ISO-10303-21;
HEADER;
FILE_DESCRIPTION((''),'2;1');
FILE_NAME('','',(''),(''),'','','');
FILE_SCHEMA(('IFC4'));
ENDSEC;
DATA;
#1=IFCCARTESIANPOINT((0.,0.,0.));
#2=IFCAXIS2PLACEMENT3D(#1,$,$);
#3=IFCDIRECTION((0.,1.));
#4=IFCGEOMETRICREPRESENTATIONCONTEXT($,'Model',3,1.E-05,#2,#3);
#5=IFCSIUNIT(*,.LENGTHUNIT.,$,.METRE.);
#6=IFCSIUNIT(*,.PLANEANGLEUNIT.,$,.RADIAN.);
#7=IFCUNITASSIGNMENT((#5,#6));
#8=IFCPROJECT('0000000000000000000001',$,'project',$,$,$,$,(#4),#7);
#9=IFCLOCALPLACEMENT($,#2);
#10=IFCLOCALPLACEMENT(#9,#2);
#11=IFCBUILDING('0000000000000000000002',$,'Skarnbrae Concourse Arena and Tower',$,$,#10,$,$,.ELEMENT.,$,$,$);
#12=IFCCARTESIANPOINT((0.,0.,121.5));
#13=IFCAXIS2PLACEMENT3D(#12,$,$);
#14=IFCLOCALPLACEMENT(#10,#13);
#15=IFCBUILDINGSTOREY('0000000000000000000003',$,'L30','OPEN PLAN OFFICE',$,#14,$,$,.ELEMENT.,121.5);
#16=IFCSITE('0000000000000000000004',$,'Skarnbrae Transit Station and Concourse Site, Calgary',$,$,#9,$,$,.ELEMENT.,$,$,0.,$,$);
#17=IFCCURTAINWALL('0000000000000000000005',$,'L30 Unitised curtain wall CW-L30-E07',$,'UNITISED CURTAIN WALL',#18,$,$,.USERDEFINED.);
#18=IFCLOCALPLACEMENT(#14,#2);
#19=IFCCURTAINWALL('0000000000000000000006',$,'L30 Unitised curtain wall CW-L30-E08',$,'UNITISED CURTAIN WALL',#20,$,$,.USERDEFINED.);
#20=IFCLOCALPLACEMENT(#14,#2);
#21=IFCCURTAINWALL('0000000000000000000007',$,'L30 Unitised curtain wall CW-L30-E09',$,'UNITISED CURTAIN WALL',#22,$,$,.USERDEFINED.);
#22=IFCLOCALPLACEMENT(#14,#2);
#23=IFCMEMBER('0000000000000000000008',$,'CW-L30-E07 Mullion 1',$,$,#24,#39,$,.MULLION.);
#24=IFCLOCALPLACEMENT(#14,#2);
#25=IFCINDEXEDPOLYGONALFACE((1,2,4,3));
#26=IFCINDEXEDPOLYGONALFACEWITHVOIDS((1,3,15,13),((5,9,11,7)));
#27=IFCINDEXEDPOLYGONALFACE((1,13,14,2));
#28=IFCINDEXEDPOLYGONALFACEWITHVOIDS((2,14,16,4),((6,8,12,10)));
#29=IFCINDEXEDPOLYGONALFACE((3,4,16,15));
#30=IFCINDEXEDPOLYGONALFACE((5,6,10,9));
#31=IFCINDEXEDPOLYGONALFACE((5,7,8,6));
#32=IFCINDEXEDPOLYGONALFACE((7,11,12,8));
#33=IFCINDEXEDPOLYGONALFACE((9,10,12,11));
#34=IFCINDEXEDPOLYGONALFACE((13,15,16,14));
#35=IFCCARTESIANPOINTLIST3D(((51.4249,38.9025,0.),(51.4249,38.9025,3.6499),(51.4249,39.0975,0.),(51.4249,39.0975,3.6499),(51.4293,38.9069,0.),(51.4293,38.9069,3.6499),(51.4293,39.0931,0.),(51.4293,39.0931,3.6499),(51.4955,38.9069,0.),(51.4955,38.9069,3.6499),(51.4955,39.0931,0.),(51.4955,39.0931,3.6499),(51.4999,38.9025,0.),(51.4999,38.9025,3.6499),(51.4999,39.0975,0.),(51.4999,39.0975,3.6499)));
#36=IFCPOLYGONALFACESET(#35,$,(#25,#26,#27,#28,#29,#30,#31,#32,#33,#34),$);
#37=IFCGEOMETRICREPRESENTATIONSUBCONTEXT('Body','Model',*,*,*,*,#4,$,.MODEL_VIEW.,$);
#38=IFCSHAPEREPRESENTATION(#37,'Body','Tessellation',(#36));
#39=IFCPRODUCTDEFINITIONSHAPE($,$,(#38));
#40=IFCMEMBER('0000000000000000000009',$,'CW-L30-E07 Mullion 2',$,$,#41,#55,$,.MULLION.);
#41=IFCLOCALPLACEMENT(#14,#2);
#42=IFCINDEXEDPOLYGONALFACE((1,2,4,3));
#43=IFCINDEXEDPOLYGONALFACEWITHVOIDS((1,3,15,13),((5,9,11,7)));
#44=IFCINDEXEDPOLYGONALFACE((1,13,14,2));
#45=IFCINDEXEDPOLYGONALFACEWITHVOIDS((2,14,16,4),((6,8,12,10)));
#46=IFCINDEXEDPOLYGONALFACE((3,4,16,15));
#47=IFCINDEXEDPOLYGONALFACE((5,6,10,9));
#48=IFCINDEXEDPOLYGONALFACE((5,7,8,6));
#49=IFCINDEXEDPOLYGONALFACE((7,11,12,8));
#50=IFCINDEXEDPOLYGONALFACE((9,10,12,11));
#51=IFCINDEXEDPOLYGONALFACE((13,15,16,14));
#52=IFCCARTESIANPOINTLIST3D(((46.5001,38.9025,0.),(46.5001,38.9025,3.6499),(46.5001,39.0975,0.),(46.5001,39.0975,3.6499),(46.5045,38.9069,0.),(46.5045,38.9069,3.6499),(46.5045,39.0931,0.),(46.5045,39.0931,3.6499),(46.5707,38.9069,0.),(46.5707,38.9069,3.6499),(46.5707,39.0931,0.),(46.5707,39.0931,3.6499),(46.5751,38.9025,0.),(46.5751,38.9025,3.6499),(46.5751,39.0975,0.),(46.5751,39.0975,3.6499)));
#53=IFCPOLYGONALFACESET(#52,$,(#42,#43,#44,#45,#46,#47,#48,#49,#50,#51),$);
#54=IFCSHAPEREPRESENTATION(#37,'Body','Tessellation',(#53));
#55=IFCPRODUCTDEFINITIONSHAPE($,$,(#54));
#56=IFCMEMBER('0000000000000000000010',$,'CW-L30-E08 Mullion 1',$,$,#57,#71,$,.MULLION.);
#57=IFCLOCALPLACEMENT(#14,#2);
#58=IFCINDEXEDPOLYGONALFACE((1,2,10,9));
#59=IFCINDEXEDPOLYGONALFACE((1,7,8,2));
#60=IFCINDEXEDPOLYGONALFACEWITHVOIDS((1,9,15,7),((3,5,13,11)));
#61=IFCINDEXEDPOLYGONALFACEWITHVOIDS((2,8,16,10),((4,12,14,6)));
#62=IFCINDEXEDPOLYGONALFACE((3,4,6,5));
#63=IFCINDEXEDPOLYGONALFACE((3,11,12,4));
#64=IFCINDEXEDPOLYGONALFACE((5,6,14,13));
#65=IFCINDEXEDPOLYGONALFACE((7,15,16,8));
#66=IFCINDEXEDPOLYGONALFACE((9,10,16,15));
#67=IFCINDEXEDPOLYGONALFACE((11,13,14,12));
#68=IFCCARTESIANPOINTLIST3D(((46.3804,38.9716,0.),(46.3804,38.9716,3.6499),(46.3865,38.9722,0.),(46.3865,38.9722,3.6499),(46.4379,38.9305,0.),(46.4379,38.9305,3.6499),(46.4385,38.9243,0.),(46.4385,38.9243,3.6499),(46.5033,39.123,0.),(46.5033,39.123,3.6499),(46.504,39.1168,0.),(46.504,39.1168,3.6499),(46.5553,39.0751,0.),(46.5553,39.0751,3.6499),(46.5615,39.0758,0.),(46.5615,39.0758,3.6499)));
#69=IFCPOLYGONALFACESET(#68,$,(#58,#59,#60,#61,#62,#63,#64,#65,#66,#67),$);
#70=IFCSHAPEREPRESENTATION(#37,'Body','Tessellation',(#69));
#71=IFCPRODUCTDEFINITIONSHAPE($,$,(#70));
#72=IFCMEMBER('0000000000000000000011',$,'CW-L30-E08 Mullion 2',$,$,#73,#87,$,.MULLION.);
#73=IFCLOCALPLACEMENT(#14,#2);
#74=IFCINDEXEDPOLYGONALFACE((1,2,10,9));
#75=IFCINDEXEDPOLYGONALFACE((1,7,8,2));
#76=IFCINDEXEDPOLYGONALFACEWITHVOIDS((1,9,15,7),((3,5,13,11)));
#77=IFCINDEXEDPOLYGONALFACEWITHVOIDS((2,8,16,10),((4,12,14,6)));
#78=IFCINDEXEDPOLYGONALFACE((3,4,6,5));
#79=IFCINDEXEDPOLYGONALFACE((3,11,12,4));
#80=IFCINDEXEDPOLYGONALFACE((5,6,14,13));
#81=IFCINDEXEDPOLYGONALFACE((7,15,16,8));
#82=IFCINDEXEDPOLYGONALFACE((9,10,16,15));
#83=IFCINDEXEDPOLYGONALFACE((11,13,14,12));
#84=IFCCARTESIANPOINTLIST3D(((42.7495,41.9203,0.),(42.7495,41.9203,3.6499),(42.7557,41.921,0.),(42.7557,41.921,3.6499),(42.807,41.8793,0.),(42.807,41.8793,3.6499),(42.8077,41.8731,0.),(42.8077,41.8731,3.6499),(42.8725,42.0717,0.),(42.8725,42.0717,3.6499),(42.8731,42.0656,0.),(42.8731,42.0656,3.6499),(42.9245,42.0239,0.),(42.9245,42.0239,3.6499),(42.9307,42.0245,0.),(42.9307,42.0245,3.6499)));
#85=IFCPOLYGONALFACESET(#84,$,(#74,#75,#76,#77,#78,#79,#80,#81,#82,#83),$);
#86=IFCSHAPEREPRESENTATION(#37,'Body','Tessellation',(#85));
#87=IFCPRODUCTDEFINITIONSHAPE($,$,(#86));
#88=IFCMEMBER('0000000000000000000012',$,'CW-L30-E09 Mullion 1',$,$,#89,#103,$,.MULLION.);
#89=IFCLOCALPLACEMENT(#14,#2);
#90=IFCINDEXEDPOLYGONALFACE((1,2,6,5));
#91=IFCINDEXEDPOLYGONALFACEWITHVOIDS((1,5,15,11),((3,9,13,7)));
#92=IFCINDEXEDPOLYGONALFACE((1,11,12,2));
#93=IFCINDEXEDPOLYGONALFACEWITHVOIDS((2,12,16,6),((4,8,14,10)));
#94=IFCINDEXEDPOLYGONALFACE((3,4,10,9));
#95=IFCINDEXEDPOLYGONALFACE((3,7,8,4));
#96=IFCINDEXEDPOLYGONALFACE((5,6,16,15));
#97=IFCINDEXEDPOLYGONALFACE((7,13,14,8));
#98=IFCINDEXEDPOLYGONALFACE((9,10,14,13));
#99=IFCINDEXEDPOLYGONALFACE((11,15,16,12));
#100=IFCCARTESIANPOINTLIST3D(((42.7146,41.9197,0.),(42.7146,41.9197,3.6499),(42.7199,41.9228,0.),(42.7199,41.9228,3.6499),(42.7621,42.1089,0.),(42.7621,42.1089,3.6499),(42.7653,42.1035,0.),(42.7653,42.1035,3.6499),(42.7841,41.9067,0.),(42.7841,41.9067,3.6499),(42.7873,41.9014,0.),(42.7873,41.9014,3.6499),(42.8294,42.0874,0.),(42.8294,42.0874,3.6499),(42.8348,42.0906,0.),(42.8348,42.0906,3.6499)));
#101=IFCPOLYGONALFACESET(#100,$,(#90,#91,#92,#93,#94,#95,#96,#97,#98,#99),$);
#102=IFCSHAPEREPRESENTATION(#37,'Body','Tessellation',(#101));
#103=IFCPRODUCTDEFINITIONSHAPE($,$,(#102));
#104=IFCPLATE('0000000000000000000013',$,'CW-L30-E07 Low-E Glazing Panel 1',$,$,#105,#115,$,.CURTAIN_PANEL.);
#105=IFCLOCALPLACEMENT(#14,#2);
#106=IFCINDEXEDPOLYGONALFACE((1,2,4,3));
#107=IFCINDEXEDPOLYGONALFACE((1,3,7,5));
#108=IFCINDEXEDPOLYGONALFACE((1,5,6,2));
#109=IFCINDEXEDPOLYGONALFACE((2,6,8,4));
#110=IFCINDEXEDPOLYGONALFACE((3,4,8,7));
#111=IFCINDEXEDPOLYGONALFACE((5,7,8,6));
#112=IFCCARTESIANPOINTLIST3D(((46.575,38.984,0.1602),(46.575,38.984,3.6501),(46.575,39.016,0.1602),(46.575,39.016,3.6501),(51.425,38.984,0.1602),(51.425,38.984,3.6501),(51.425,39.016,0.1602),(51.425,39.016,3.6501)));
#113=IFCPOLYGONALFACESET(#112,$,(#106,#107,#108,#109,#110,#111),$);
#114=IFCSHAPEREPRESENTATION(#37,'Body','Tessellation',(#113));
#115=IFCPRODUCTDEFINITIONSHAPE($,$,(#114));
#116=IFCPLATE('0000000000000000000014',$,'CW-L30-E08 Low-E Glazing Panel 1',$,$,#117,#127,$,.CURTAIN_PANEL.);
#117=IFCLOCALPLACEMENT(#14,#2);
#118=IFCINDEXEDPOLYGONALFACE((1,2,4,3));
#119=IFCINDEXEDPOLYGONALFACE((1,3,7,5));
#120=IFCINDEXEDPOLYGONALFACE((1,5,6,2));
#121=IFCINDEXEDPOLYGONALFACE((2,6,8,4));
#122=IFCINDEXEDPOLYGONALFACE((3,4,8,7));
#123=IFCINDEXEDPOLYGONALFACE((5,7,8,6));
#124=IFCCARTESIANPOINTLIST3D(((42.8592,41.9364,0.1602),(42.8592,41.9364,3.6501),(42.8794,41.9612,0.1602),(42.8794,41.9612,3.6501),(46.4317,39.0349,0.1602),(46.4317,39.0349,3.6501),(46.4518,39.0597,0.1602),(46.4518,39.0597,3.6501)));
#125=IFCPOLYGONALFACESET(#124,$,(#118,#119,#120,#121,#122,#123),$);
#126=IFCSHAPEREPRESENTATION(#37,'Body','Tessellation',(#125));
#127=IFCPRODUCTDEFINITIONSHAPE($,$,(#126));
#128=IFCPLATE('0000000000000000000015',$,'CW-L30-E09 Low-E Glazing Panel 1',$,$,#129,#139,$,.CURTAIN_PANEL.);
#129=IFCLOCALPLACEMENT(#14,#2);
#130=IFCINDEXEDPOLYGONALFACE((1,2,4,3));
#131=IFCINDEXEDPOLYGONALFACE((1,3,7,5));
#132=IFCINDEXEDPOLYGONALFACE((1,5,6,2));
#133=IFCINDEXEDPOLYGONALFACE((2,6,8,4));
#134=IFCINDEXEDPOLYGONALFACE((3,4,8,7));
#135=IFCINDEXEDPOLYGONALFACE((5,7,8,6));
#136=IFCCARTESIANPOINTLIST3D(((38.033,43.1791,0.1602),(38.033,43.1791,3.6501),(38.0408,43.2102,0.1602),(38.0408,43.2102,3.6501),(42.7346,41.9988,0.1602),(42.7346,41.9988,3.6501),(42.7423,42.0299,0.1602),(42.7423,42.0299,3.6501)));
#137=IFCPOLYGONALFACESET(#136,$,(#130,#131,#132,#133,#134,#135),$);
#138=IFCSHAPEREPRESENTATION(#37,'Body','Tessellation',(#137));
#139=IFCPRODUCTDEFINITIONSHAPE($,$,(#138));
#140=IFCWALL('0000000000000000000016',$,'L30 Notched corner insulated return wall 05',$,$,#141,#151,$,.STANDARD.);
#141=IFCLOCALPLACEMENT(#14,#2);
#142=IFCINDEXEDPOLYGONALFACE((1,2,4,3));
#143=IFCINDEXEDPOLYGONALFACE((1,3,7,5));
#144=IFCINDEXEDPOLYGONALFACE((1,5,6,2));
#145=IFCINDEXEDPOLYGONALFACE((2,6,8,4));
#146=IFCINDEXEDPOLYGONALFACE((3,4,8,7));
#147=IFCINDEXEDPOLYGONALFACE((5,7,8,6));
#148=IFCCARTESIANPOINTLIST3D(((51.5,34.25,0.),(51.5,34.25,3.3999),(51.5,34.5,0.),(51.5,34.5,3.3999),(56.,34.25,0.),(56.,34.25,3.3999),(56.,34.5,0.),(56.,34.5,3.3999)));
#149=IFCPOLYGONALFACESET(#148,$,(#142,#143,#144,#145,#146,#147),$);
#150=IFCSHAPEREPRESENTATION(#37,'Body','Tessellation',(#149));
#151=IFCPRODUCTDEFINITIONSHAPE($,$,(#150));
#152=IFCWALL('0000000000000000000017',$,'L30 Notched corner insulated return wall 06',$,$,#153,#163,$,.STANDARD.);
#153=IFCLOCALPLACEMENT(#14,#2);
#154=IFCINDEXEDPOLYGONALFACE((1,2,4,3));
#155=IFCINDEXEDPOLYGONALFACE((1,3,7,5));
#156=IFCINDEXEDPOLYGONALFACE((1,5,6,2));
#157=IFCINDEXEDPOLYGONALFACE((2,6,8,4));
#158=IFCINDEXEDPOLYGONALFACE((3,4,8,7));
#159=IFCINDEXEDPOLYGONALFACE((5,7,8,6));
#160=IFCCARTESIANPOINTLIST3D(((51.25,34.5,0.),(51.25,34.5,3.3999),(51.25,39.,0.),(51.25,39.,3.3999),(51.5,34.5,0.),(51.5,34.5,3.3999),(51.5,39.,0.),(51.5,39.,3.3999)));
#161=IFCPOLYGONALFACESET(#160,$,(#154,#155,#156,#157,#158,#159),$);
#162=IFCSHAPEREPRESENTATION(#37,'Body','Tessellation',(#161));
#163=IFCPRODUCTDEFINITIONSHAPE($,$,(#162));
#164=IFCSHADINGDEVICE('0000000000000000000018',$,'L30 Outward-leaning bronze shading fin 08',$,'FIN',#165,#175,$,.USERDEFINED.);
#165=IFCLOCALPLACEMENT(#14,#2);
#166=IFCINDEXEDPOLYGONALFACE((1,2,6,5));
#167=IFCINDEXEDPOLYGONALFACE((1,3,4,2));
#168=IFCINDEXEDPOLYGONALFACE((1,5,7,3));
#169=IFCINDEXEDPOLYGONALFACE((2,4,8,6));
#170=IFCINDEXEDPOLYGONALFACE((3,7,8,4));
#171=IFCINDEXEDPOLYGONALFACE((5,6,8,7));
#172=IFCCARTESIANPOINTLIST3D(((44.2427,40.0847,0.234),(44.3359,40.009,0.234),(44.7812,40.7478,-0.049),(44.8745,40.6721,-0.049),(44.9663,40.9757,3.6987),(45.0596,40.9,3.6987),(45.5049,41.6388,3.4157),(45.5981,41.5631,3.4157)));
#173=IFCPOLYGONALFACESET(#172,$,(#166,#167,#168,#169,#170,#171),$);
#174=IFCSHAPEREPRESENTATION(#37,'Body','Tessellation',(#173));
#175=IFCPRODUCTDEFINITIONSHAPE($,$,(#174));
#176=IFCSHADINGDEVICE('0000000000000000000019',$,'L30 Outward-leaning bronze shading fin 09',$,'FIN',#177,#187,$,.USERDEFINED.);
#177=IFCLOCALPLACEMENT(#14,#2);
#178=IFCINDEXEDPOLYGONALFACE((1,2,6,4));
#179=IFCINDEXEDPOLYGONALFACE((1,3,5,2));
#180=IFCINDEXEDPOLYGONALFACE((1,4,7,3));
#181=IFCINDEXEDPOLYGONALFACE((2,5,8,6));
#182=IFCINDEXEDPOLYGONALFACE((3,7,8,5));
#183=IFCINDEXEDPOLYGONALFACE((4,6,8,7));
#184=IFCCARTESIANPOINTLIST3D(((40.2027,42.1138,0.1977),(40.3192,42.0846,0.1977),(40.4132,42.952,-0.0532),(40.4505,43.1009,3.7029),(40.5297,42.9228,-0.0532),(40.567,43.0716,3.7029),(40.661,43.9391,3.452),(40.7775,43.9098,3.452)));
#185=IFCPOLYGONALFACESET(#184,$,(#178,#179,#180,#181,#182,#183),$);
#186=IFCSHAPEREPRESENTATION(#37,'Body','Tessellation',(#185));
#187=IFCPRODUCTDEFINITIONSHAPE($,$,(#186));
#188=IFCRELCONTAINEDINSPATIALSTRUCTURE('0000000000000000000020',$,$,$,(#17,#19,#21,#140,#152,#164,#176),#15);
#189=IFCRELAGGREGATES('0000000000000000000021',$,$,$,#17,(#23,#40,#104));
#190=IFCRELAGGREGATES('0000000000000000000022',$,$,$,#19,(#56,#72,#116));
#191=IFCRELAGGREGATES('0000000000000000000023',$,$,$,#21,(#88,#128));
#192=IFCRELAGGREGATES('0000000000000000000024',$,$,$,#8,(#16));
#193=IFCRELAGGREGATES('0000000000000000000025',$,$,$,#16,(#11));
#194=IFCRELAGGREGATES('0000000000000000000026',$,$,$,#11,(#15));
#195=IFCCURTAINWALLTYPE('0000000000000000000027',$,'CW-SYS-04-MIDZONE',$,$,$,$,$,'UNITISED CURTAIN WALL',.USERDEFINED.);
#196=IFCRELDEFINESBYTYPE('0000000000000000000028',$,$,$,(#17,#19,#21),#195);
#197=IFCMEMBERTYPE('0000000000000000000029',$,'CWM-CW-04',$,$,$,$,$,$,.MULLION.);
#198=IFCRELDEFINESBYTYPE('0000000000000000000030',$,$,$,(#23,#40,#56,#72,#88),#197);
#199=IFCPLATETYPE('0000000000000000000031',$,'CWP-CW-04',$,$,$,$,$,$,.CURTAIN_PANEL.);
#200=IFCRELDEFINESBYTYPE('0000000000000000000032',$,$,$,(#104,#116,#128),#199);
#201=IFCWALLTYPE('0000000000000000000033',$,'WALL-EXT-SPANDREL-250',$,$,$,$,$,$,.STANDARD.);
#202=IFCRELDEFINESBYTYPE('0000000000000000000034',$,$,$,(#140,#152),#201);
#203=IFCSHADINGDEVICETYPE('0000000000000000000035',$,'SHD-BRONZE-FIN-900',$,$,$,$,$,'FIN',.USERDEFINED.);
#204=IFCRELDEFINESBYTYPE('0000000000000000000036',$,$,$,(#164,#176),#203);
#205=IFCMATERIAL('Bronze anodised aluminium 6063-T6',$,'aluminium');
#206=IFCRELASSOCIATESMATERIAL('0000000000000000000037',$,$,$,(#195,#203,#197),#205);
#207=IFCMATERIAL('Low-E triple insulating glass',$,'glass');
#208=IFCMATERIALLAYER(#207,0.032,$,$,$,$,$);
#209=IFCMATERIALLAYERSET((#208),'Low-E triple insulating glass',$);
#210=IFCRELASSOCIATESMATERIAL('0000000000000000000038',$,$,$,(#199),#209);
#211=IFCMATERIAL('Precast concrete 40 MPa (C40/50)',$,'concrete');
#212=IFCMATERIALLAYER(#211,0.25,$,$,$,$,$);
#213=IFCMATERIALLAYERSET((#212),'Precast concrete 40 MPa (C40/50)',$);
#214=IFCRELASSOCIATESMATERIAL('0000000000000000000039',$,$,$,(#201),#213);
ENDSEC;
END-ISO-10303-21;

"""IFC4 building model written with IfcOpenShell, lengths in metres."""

from ifc_helpers import new_model, si_unit, direction, frame, frame_2d, origin, origin_2d, place, context, subcontext, project, spatial, rectangle, hollow_rectangle, extrude, source, transform, mapped, material, layer, layer_set, material_profile, profile_set, type_object, element, aggregate, save


model = new_model("IFC4")

# Units and contexts
model_context = context("Model", 3, precision=1e-05, world=origin(), true_north=direction((0.0, 1.0)))
body_context = subcontext(model_context, "Body", "Model", "MODEL_VIEW")
ifc_project = project(units=[si_unit("LENGTHUNIT", "METRE"), si_unit("PLANEANGLEUNIT", "RADIAN")], contexts=[model_context])

# Site, building, storey
site_placement = place(None, origin())
site = spatial("IfcSite", under=ifc_project, at=site_placement, Name="Skarnbrae Transit Station and Concourse Site, Calgary", CompositionType="ELEMENT", RefElevation=0.0)
building_placement = place(site_placement, origin())
building = spatial("IfcBuilding", under=site, at=building_placement, Name="Skarnbrae Concourse Arena and Tower", CompositionType="ELEMENT")
storey_placement = place(building_placement, frame((0.0, 0.0, 121.5)))
storey = spatial("IfcBuildingStorey", under=building, at=storey_placement, Name="L30", Description="OPEN PLAN OFFICE", CompositionType="ELEMENT", Elevation=121.5)

# Curtain walls
ifc_material_1 = material(Name="Bronze anodised aluminium 6063-T6", Category="aluminium")
curtain_wall_type = type_object("IfcCurtainWallType", Name="CW-SYS-04-MIDZONE", ElementType="UNITISED CURTAIN WALL", PredefinedType="USERDEFINED", material=ifc_material_1)
curtain_wall_1_placement = place(storey_placement, origin())
curtain_wall_1 = element("IfcCurtainWall", 1, at=curtain_wall_1_placement, inside=storey, type_object=curtain_wall_type, Name="L30 Unitised curtain wall CW-L30-E07", ObjectType="UNITISED CURTAIN WALL", PredefinedType="USERDEFINED")
curtain_wall_2_placement = place(storey_placement, origin())
curtain_wall_2 = element("IfcCurtainWall", 2, at=curtain_wall_2_placement, inside=storey, type_object=curtain_wall_type, Name="L30 Unitised curtain wall CW-L30-E08", ObjectType="UNITISED CURTAIN WALL", PredefinedType="USERDEFINED")
curtain_wall_3_placement = place(storey_placement, origin())
curtain_wall_3 = element("IfcCurtainWall", 3, at=curtain_wall_3_placement, inside=storey, type_object=curtain_wall_type, Name="L30 Unitised curtain wall CW-L30-E09", ObjectType="UNITISED CURTAIN WALL", PredefinedType="USERDEFINED")
ifc_material_profile_1 = material_profile(ifc_material_1, hollow_rectangle(XDim=0.075, YDim=0.1951, WallThickness=0.0044, at=origin_2d()), Name="ALU-MULL-75X195")
ifc_profile_set_1 = profile_set([ifc_material_profile_1], Name="Bronze anodised aluminium 6063-T6")
member_type_1 = type_object("IfcMemberType", Name="CWM-CW-04", PredefinedType="MULLION", material=ifc_profile_set_1)
shared_shape_1 = source(origin(), body_context, "Body", "SweptSolid", [
    extrude(hollow_rectangle(XDim=0.075, YDim=0.1951, WallThickness=0.0044, at=origin_2d()), origin(), (0.0, 0.0, 1.0), 3.6499),
])

# Members
member_1_placement = place(storey_placement, frame((51.4624, 39.0, 0.0), z_axis=(0.0, 0.0, 1.0), x_axis=(-1.0, 0.0, 0.0)))
member_1 = element("IfcMember", 4, at=member_1_placement, type_object=member_type_1, Name="CW-L30-E07 Mullion 1", PredefinedType="MULLION", context=body_context, shape_type="MappedRepresentation", body=[
    mapped(shared_shape_1, transform((0.0, 0.0, 0.0))),
])
member_2_placement = place(storey_placement, frame((46.5376, 39.0, 0.0), z_axis=(0.0, 0.0, 1.0), x_axis=(-1.0, 0.0, 0.0)))
member_2 = element("IfcMember", 5, at=member_2_placement, type_object=member_type_1, Name="CW-L30-E07 Mullion 2", PredefinedType="MULLION", context=body_context, shape_type="MappedRepresentation", body=[
    mapped(shared_shape_1, transform((0.0, 0.0, 0.0))),
])
member_3_placement = place(storey_placement, frame((46.4709, 39.0237, 0.0), z_axis=(0.0, 0.0, 1.0), x_axis=(-0.776241, 0.630436, 0.0)))
member_3 = element("IfcMember", 6, at=member_3_placement, type_object=member_type_1, Name="CW-L30-E08 Mullion 1", PredefinedType="MULLION", context=body_context, shape_type="MappedRepresentation", body=[
    mapped(shared_shape_1, transform((0.0, 0.0, 0.0))),
])
member_4_placement = place(storey_placement, frame((42.8401, 41.9724, 0.0), z_axis=(0.0, 0.0, 1.0), x_axis=(-0.776241, 0.630436, 0.0)))
member_4 = element("IfcMember", 7, at=member_4_placement, type_object=member_type_1, Name="CW-L30-E08 Mullion 2", PredefinedType="MULLION", context=body_context, shape_type="MappedRepresentation", body=[
    mapped(shared_shape_1, transform((0.0, 0.0, 0.0))),
])
member_5_placement = place(storey_placement, frame((42.7747, 42.0051, 0.0), z_axis=(0.0, 0.0, 1.0), x_axis=(-0.969903, 0.243491, 0.0)))
member_5 = element("IfcMember", 8, at=member_5_placement, type_object=member_type_1, Name="CW-L30-E09 Mullion 1", PredefinedType="MULLION", context=body_context, shape_type="MappedRepresentation", body=[
    mapped(shared_shape_1, transform((0.0, 0.0, 0.0))),
])

# Plates
ifc_material_2 = material(Name="Low-E triple insulating glass", Category="glass")
ifc_layer_1 = layer(ifc_material_2, 0.032)
ifc_layer_set_1 = layer_set([ifc_layer_1], Name="Low-E triple insulating glass")
plate_type = type_object("IfcPlateType", Name="CWP-CW-04", PredefinedType="CURTAIN_PANEL", material=ifc_layer_set_1)
shared_shape_2 = source(origin(), body_context, "Body", "SweptSolid", [
    extrude(rectangle(XDim=4.8501, YDim=0.032, at=origin_2d()), origin(), (0.0, 0.0, 1.0), 3.49),
])
plate_1_placement = place(storey_placement, frame((49.0, 39.0, 0.1602), z_axis=(0.0, 0.0, 1.0), x_axis=(-1.0, 0.0, 0.0)))
plate_1 = element("IfcPlate", 9, at=plate_1_placement, type_object=plate_type, Name="CW-L30-E07 Low-E Glazing Panel 1", PredefinedType="CURTAIN_PANEL", context=body_context, shape_type="MappedRepresentation", body=[
    mapped(shared_shape_2, transform((0.0, 0.0, 0.0))),
])
aggregate(curtain_wall_1, [member_1, member_2, plate_1])
shared_shape_3 = source(origin(), body_context, "Body", "SweptSolid", [
    extrude(rectangle(XDim=4.6023, YDim=0.032, at=origin_2d()), origin(), (0.0, 0.0, 1.0), 3.49),
])
plate_2_placement = place(storey_placement, frame((44.6555, 40.498, 0.1602), z_axis=(0.0, 0.0, 1.0), x_axis=(-0.776241, 0.630436, 0.0)))
plate_2 = element("IfcPlate", 10, at=plate_2_placement, type_object=plate_type, Name="CW-L30-E08 Low-E Glazing Panel 1", PredefinedType="CURTAIN_PANEL", context=body_context, shape_type="MappedRepresentation", body=[
    mapped(shared_shape_3, transform((0.0, 0.0, 0.0))),
])
aggregate(curtain_wall_2, [member_3, member_4, plate_2])
shared_shape_4 = source(origin(), body_context, "Body", "SweptSolid", [
    extrude(rectangle(XDim=4.8474, YDim=0.032, at=origin_2d()), origin(), (0.0, 0.0, 1.0), 3.49),
])
plate_3_placement = place(storey_placement, frame((40.3877, 42.6045, 0.1602), z_axis=(0.0, 0.0, 1.0), x_axis=(-0.969903, 0.243491, 0.0)))
plate_3 = element("IfcPlate", 11, at=plate_3_placement, type_object=plate_type, Name="CW-L30-E09 Low-E Glazing Panel 1", PredefinedType="CURTAIN_PANEL", context=body_context, shape_type="MappedRepresentation", body=[
    mapped(shared_shape_4, transform((0.0, 0.0, 0.0))),
])
aggregate(curtain_wall_3, [member_5, plate_3])

# Walls
ifc_material_3 = material(Name="Precast concrete 40 MPa (C40/50)", Category="concrete")
ifc_layer_2 = layer(ifc_material_3, 0.25)
ifc_layer_set_2 = layer_set([ifc_layer_2], Name="Precast concrete 40 MPa (C40/50)")
wall_type = type_object("IfcWallType", Name="WALL-EXT-SPANDREL-250", PredefinedType="STANDARD", material=ifc_layer_set_2)
shared_shape_5 = source(origin(), body_context, "Body", "SweptSolid", [
    extrude(rectangle(XDim=4.5, YDim=0.25, at=frame_2d((2.25, 0.0))), origin(), (0.0, 0.0, 1.0), 3.3999),
])
for number, where, z_axis, x_axis, name in (
    (12, (56.0, 34.375, 0.0), (0.0, 0.0, 1.0), (-1.0, 0.0, 0.0), "L30 Notched corner insulated return wall 05"),
    (13, (51.375, 34.5, 0.0), (0.0, 0.0, 1.0), (0.0, 1.0, 0.0), "L30 Notched corner insulated return wall 06"),
):
    element("IfcWall", number, at=place(storey_placement, frame(where, z_axis=z_axis, x_axis=x_axis)), inside=storey, type_object=wall_type, Name=name, PredefinedType="STANDARD", context=body_context, shape_type="MappedRepresentation", body=[
        mapped(shared_shape_5, transform((0.0, 0.0, 0.0))),
    ])

# Shading devices
shading_device_type = type_object("IfcShadingDeviceType", Name="SHD-BRONZE-FIN-900", ElementType="FIN", PredefinedType="USERDEFINED", material=ifc_material_1)
shared_shape_6 = source(origin(), body_context, "Body", "SweptSolid", [
    extrude(rectangle(XDim=0.1201, YDim=0.8999, at=origin_2d()), origin(), (0.0, 0.0, 1.0), 3.6499),
])
for number, where, z_axis, x_axis, name in (
    (14, (44.5586, 40.3784, 0.0925), (0.198264, 0.244121, 0.949261), (0.776245, -0.630432, 0.0), "L30 Outward-leaning bronze shading fin 08"),
    (15, (40.3662, 42.5183, 0.0723), (0.067893, 0.270431, 0.960342), (0.969902, -0.243497, 0.0), "L30 Outward-leaning bronze shading fin 09"),
):
    element("IfcShadingDevice", number, at=place(storey_placement, frame(where, z_axis=z_axis, x_axis=x_axis)), inside=storey, type_object=shading_device_type, Name=name, ObjectType="FIN", PredefinedType="USERDEFINED", context=body_context, shape_type="MappedRepresentation", body=[
        mapped(shared_shape_6, transform((0.0, 0.0, 0.0))),
    ])

save(model, "model.ifc")
